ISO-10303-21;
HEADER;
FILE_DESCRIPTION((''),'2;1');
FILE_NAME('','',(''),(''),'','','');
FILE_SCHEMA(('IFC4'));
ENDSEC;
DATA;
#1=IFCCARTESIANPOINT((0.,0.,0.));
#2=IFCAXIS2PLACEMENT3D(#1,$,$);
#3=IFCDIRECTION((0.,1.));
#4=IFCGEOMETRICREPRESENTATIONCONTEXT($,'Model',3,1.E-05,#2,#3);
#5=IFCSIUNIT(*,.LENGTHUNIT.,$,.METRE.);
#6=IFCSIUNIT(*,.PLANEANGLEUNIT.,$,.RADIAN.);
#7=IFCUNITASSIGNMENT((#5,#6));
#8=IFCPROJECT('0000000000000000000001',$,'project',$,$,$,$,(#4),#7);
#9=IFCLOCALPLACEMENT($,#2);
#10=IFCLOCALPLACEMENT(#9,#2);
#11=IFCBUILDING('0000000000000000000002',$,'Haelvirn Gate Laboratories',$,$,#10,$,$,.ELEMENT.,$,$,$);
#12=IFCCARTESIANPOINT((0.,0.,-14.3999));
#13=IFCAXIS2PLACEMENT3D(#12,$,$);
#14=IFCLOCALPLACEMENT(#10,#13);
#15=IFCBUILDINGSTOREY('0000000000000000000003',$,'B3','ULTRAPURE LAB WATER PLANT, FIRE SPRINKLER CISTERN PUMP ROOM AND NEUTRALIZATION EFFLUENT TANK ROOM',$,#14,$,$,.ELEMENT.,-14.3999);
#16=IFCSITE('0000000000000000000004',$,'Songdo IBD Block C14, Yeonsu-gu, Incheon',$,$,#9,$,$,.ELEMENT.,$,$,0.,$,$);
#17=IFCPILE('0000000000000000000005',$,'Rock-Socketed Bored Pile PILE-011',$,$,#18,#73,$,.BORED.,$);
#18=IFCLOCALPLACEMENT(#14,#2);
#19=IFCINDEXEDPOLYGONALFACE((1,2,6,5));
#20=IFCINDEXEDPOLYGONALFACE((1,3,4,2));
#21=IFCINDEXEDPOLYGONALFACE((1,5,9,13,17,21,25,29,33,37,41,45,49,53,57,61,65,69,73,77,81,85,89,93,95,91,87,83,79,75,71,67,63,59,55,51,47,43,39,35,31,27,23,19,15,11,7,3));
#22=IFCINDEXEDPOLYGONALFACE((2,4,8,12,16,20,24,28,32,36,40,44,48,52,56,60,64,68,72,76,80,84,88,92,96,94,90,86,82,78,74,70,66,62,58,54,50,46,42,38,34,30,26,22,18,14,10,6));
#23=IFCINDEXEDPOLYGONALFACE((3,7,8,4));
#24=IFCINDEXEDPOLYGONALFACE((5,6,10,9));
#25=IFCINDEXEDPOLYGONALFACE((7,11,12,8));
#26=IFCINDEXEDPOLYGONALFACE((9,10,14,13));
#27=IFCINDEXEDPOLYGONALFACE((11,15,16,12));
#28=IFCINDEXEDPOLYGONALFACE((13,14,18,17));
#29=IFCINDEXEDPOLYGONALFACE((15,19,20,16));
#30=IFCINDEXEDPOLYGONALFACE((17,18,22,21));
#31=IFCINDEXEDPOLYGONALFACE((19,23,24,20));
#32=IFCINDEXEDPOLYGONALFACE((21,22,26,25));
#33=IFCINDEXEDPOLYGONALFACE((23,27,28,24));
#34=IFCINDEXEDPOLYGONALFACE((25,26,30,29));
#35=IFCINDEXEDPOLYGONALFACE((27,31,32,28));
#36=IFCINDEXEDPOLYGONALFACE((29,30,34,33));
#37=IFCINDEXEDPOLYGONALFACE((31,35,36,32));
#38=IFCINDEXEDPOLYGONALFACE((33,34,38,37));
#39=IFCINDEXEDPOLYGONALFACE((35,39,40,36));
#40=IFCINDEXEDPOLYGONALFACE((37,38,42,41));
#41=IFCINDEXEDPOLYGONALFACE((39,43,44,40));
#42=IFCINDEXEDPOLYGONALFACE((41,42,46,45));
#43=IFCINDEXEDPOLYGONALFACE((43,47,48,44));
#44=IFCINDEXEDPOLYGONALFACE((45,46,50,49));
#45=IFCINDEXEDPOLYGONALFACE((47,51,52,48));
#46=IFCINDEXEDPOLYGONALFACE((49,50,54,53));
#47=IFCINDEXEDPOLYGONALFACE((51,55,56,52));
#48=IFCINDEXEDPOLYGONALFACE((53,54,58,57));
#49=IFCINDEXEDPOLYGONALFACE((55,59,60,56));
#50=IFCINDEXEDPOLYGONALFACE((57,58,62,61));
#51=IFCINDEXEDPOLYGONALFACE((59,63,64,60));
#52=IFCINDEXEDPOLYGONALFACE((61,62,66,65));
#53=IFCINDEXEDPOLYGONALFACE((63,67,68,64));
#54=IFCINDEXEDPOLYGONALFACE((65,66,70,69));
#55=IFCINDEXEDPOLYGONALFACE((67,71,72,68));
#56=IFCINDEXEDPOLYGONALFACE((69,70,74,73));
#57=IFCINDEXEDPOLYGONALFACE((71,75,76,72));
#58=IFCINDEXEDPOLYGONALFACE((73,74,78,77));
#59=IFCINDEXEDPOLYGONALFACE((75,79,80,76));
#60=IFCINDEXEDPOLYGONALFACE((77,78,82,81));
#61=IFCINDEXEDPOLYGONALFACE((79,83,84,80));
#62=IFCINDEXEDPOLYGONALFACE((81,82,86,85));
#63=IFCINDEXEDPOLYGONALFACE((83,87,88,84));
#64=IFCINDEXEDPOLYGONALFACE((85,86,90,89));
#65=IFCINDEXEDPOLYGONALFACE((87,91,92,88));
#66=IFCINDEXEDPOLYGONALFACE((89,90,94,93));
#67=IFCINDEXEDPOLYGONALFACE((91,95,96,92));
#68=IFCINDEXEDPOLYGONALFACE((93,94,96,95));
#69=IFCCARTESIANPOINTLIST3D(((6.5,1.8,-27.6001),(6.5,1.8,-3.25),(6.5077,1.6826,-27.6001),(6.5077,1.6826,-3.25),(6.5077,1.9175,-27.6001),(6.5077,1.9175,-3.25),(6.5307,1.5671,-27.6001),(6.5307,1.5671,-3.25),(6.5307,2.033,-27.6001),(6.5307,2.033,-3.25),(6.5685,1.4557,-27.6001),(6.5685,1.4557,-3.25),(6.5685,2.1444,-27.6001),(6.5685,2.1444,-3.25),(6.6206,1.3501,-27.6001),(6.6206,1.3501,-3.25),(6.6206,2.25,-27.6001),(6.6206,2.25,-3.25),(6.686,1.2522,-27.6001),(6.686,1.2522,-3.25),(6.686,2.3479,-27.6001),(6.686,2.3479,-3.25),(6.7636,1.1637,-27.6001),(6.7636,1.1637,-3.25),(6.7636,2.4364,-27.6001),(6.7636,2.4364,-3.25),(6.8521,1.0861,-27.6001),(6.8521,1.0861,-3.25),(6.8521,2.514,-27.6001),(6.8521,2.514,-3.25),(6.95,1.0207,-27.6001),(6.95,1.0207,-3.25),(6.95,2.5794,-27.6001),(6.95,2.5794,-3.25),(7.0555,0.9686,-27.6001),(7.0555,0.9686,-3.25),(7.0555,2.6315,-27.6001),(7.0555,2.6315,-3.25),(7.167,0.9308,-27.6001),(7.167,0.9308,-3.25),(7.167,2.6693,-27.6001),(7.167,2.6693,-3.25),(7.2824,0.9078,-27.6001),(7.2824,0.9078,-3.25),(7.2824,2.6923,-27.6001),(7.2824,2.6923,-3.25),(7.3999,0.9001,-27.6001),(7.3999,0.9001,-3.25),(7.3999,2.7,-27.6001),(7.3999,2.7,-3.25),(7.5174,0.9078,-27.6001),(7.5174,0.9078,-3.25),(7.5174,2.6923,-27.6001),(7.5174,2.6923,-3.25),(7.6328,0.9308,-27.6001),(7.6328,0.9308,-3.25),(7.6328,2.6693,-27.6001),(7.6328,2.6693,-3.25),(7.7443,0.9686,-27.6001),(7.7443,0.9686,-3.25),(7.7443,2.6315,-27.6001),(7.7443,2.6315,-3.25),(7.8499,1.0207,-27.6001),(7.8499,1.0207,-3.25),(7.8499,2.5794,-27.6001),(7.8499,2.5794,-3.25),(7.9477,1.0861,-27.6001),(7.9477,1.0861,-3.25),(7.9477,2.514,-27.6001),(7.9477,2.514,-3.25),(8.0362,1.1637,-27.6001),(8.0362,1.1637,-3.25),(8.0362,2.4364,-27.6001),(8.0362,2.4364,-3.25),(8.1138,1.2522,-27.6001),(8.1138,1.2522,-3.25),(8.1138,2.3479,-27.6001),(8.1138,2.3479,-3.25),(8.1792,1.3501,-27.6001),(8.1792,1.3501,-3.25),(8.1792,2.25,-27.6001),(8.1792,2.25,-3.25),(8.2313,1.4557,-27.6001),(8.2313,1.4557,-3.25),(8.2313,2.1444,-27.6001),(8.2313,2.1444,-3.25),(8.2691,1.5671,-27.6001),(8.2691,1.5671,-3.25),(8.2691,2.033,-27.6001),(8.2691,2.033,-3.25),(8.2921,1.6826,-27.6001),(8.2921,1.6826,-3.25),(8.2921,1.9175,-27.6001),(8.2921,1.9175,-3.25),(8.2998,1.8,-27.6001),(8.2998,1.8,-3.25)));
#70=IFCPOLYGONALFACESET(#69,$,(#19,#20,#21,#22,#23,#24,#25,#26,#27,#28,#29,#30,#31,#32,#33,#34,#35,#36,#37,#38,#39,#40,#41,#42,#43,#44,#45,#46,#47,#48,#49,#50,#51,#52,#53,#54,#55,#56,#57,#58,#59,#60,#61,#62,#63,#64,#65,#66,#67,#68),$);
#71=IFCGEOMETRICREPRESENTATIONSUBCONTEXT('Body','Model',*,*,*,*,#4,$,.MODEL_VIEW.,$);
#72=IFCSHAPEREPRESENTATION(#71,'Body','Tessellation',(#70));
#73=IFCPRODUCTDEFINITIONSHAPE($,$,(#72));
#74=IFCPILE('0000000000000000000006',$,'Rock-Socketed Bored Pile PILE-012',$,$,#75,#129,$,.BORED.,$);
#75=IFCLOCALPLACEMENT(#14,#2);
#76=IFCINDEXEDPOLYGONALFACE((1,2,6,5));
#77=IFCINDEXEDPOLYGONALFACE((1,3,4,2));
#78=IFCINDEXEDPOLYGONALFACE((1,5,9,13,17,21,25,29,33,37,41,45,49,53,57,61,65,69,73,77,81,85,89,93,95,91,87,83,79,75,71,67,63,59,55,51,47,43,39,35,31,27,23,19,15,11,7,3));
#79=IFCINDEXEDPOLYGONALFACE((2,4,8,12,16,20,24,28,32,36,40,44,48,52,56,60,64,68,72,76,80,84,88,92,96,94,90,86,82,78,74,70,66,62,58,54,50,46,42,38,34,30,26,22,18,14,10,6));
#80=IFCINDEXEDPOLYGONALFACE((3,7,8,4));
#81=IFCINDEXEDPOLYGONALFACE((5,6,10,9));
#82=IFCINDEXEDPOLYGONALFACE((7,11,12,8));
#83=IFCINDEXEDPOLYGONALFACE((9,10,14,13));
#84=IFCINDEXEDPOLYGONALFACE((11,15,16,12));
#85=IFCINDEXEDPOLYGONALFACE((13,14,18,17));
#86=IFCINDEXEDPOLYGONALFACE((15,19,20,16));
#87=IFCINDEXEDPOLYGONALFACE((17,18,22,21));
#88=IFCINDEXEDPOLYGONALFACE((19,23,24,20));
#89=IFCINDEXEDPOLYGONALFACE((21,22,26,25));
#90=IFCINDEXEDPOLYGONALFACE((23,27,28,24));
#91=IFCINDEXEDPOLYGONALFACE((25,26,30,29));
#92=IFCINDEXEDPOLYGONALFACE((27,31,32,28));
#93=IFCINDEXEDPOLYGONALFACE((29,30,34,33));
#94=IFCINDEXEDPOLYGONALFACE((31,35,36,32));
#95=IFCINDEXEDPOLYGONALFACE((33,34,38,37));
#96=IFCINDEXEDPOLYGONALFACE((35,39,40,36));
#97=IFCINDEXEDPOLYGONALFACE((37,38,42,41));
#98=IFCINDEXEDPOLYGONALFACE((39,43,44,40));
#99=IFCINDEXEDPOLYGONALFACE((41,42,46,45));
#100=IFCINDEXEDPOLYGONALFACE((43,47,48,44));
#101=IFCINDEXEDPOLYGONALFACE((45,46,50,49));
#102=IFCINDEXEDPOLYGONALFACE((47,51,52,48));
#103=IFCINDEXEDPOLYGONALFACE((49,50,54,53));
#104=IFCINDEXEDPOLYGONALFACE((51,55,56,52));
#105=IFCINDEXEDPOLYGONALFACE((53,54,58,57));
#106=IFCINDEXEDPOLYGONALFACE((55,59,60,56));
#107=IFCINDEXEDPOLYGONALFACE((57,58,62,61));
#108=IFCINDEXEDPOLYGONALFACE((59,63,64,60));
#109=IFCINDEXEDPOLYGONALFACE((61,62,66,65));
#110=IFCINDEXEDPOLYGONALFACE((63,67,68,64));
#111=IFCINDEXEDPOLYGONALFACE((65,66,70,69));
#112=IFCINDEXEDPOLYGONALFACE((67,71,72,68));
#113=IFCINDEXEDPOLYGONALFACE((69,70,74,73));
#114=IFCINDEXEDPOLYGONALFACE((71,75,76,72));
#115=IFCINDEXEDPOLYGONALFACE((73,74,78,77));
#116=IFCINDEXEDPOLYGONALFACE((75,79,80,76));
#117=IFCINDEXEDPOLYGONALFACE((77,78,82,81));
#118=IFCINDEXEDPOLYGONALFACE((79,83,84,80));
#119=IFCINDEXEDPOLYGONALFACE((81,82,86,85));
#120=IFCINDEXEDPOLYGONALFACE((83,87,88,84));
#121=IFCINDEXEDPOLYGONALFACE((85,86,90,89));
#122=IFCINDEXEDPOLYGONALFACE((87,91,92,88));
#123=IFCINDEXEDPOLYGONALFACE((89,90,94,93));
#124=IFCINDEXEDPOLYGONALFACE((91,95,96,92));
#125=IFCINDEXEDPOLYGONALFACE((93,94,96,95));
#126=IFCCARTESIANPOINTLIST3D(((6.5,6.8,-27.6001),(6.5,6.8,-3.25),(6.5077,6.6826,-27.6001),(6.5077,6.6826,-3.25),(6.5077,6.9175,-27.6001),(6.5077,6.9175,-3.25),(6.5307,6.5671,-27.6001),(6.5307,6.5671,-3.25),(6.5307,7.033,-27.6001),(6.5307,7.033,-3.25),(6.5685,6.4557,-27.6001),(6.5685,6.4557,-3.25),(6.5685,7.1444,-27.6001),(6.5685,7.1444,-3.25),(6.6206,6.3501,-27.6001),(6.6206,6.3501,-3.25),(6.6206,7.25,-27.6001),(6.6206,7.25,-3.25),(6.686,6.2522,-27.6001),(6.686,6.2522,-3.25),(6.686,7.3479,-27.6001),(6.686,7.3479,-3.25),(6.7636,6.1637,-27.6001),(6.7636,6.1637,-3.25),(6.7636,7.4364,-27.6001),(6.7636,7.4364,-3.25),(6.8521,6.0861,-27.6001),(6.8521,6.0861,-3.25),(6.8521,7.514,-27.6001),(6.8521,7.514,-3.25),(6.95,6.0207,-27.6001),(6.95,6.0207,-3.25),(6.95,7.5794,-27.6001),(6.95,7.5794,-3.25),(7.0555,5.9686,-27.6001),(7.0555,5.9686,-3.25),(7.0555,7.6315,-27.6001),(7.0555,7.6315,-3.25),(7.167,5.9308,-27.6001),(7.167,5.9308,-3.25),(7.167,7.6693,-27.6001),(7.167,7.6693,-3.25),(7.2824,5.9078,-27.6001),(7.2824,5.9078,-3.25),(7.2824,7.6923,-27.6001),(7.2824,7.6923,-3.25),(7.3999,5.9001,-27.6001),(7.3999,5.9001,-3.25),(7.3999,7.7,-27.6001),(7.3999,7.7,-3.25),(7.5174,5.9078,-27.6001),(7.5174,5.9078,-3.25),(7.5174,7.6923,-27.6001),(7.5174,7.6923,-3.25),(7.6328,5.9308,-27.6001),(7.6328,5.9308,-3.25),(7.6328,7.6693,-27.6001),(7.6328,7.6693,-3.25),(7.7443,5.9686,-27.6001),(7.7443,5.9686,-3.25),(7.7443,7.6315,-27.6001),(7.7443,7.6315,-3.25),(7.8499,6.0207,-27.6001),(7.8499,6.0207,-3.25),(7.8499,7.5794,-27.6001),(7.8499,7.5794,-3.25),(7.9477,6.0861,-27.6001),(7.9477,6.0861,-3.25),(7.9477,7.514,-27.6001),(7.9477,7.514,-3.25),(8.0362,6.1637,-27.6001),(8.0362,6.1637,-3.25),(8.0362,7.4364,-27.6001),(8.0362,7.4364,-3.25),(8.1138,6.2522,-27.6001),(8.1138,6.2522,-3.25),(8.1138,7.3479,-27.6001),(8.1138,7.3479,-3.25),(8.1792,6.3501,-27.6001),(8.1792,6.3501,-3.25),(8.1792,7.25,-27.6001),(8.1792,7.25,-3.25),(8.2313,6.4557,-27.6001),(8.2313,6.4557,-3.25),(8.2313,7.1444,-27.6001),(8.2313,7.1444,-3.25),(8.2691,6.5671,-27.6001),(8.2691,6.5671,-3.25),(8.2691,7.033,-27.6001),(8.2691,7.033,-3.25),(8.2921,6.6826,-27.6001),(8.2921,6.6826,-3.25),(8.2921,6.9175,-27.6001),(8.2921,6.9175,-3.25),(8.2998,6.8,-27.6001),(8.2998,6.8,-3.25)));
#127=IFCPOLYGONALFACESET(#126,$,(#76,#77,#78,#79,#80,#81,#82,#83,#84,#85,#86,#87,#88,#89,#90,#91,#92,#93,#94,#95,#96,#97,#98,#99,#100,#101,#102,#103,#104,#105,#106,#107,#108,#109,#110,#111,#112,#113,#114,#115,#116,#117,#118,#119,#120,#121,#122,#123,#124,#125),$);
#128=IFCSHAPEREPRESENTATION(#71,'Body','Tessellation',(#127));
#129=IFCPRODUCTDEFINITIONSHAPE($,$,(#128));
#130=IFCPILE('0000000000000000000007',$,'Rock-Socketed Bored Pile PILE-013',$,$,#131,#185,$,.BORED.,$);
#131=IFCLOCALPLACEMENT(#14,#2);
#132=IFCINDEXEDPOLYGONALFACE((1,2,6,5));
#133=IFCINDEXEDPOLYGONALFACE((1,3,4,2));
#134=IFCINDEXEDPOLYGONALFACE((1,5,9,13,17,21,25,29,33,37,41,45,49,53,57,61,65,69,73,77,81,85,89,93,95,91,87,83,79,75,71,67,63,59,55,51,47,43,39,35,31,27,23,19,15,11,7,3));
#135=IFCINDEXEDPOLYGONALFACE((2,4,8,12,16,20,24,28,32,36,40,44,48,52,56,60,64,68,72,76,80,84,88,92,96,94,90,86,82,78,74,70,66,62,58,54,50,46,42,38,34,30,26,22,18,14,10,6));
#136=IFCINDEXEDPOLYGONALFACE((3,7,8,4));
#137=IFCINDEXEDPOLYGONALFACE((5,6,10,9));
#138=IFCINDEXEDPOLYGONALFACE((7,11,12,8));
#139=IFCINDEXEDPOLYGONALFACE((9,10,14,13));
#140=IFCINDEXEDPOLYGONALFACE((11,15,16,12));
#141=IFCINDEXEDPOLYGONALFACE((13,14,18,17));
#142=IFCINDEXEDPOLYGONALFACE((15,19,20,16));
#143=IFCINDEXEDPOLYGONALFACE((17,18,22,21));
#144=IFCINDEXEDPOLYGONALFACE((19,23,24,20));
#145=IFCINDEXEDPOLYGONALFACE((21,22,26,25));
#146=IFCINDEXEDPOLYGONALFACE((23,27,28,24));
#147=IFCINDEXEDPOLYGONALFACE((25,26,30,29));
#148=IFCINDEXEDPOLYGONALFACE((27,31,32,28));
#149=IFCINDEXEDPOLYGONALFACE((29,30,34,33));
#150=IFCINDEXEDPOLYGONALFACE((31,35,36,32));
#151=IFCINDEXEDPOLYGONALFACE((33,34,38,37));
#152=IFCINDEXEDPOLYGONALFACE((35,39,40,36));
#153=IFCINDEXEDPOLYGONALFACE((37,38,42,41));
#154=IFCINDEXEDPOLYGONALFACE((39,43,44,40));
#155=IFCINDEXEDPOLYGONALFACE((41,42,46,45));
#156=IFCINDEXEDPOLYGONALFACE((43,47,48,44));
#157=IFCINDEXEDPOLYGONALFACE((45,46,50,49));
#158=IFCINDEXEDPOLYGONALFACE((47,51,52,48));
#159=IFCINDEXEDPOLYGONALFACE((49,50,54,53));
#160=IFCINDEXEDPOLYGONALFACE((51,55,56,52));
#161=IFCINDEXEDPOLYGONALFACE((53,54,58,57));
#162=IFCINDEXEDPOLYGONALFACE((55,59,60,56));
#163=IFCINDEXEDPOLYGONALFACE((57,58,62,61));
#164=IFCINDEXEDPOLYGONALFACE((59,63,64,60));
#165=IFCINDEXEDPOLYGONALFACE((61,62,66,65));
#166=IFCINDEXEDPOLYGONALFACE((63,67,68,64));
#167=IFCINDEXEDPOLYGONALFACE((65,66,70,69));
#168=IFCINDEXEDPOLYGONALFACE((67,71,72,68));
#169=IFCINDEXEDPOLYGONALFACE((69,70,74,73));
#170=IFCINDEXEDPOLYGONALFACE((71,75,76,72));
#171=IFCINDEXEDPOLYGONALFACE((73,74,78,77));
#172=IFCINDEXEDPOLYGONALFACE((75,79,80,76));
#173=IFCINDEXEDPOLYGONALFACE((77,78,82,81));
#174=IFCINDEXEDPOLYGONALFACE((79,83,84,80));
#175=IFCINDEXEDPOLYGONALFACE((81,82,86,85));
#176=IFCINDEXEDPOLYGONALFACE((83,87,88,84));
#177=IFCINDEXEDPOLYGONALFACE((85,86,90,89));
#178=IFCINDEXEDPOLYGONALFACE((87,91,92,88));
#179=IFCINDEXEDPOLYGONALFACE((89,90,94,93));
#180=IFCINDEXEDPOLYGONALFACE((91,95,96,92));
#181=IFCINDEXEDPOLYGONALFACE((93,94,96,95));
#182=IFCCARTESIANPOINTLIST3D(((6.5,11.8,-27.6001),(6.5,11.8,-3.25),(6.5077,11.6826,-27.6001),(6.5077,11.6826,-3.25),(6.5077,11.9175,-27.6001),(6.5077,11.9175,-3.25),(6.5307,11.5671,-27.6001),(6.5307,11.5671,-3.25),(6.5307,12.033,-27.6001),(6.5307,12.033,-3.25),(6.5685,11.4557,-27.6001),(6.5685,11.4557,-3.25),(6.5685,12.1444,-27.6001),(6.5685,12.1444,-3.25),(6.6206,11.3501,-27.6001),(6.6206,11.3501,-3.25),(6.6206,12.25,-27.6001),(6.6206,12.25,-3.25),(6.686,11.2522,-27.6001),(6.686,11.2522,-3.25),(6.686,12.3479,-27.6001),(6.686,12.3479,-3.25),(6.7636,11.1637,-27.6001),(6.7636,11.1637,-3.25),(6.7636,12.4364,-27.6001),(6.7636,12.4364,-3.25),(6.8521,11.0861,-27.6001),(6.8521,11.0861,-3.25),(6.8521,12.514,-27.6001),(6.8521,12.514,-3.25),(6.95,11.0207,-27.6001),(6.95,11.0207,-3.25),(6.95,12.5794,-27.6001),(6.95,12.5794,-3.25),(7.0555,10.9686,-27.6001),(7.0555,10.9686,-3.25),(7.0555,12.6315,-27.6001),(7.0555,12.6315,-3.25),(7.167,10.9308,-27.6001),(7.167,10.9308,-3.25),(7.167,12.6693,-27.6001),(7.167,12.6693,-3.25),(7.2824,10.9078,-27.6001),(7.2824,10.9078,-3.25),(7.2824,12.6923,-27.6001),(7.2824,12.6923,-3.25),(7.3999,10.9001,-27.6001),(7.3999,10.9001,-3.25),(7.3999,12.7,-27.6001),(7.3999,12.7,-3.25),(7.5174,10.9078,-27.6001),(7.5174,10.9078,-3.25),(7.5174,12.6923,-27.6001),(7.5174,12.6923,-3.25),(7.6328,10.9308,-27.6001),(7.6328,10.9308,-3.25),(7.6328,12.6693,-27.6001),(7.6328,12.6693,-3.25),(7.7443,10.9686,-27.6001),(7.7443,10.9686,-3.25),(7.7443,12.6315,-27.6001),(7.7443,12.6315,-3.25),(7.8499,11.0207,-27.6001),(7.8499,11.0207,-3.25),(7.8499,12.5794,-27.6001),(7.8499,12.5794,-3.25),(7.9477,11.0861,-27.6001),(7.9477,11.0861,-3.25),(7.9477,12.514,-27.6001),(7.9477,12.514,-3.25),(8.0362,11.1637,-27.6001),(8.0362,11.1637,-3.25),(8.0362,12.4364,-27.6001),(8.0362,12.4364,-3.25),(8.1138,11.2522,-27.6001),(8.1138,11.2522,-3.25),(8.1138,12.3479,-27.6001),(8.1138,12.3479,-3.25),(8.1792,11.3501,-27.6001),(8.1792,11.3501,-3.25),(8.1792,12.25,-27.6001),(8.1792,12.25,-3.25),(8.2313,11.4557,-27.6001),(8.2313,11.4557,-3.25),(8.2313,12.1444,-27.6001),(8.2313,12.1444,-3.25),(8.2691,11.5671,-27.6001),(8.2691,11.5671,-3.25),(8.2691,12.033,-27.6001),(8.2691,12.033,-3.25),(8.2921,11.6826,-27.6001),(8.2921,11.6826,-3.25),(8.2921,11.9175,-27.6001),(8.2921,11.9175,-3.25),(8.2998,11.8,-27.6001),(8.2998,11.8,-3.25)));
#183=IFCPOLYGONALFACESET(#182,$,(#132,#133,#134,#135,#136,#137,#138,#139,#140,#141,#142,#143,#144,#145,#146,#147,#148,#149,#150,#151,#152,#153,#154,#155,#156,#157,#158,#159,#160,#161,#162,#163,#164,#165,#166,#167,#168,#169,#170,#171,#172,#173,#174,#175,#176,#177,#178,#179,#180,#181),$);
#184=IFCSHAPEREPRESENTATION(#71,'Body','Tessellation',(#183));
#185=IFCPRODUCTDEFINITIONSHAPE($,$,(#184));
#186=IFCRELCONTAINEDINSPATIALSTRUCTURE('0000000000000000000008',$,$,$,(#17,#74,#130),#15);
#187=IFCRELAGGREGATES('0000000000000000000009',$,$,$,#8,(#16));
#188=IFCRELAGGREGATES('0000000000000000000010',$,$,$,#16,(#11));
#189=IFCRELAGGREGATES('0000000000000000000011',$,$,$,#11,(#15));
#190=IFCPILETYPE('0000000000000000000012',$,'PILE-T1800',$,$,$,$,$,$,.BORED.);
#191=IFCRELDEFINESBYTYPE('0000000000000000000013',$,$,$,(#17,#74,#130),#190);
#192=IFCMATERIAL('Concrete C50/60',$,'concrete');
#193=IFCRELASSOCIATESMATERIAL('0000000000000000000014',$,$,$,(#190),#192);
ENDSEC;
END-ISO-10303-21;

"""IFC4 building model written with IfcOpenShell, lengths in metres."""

from ifc_helpers import new_model, si_unit, direction, frame, origin, origin_2d, place, context, subcontext, project, spatial, circle, extrude, source, transform, mapped, material, material_profile, profile_set, type_object, type_shapes, element, save


model = new_model("IFC4")

# Units and contexts
model_context = context("Model", 3, precision=1e-05, world=origin(), true_north=direction((0.0, 1.0)))
body_context = subcontext(model_context, "Body", "Model", "MODEL_VIEW")
ifc_project = project(units=[si_unit("LENGTHUNIT", "METRE"), si_unit("PLANEANGLEUNIT", "RADIAN")], contexts=[model_context])

# Site, building, storey
site_placement = place(None, origin())
site = spatial("IfcSite", under=ifc_project, at=site_placement, Name="Songdo IBD Block C14, Yeonsu-gu, Incheon", CompositionType="ELEMENT", RefElevation=0.0)
building_placement = place(site_placement, origin())
building = spatial("IfcBuilding", under=site, at=building_placement, Name="Haelvirn Gate Laboratories", CompositionType="ELEMENT")
storey_placement = place(building_placement, frame((0.0, 0.0, -14.3999)))
storey = spatial("IfcBuildingStorey", under=building, at=storey_placement, Name="B3", Description="ULTRAPURE LAB WATER PLANT, FIRE SPRINKLER CISTERN PUMP ROOM AND NEUTRALIZATION EFFLUENT TANK ROOM", CompositionType="ELEMENT", Elevation=-14.3999)

# Piles
ifc_material_1 = material(Name="Concrete C50/60", Category="concrete")
ifc_material_profile_1 = material_profile(ifc_material_1, circle(Radius=0.8999, at=origin_2d()), Name="PILE-D1800")
ifc_profile_set_1 = profile_set([ifc_material_profile_1], Name="Concrete C50/60")
pile_type_1 = type_object("IfcPileType", Name="PILE-T1800", PredefinedType="BORED", material=ifc_profile_set_1)
shared_shape_1 = source(origin(), body_context, "Body", "SweptSolid", [
    extrude(circle(Radius=0.8999, at=origin_2d()), origin(), (0.0, 0.0, 1.0), 24.3501),
])
type_shapes(pile_type_1, [shared_shape_1])
for number, where, z_axis, x_axis, name in (
    (1, (7.3999, 1.8, -3.25), (0.0, 0.0, -1.0), (1.0, 0.0, 0.0), "Rock-Socketed Bored Pile PILE-011"),
    (2, (7.3999, 6.8, -3.25), (0.0, 0.0, -1.0), (1.0, 0.0, 0.0), "Rock-Socketed Bored Pile PILE-012"),
    (3, (7.3999, 11.8, -3.25), (0.0, 0.0, -1.0), (1.0, 0.0, 0.0), "Rock-Socketed Bored Pile PILE-013"),
):
    element("IfcPile", number, at=place(storey_placement, frame(where, z_axis=z_axis, x_axis=x_axis)), inside=storey, type_object=pile_type_1, Name=name, PredefinedType="BORED", context=body_context, shape_type="MappedRepresentation", body=[
        mapped(shared_shape_1, transform((0.0, 0.0, 0.0), scale=1.0)),
    ])

save(model, "model.ifc")
